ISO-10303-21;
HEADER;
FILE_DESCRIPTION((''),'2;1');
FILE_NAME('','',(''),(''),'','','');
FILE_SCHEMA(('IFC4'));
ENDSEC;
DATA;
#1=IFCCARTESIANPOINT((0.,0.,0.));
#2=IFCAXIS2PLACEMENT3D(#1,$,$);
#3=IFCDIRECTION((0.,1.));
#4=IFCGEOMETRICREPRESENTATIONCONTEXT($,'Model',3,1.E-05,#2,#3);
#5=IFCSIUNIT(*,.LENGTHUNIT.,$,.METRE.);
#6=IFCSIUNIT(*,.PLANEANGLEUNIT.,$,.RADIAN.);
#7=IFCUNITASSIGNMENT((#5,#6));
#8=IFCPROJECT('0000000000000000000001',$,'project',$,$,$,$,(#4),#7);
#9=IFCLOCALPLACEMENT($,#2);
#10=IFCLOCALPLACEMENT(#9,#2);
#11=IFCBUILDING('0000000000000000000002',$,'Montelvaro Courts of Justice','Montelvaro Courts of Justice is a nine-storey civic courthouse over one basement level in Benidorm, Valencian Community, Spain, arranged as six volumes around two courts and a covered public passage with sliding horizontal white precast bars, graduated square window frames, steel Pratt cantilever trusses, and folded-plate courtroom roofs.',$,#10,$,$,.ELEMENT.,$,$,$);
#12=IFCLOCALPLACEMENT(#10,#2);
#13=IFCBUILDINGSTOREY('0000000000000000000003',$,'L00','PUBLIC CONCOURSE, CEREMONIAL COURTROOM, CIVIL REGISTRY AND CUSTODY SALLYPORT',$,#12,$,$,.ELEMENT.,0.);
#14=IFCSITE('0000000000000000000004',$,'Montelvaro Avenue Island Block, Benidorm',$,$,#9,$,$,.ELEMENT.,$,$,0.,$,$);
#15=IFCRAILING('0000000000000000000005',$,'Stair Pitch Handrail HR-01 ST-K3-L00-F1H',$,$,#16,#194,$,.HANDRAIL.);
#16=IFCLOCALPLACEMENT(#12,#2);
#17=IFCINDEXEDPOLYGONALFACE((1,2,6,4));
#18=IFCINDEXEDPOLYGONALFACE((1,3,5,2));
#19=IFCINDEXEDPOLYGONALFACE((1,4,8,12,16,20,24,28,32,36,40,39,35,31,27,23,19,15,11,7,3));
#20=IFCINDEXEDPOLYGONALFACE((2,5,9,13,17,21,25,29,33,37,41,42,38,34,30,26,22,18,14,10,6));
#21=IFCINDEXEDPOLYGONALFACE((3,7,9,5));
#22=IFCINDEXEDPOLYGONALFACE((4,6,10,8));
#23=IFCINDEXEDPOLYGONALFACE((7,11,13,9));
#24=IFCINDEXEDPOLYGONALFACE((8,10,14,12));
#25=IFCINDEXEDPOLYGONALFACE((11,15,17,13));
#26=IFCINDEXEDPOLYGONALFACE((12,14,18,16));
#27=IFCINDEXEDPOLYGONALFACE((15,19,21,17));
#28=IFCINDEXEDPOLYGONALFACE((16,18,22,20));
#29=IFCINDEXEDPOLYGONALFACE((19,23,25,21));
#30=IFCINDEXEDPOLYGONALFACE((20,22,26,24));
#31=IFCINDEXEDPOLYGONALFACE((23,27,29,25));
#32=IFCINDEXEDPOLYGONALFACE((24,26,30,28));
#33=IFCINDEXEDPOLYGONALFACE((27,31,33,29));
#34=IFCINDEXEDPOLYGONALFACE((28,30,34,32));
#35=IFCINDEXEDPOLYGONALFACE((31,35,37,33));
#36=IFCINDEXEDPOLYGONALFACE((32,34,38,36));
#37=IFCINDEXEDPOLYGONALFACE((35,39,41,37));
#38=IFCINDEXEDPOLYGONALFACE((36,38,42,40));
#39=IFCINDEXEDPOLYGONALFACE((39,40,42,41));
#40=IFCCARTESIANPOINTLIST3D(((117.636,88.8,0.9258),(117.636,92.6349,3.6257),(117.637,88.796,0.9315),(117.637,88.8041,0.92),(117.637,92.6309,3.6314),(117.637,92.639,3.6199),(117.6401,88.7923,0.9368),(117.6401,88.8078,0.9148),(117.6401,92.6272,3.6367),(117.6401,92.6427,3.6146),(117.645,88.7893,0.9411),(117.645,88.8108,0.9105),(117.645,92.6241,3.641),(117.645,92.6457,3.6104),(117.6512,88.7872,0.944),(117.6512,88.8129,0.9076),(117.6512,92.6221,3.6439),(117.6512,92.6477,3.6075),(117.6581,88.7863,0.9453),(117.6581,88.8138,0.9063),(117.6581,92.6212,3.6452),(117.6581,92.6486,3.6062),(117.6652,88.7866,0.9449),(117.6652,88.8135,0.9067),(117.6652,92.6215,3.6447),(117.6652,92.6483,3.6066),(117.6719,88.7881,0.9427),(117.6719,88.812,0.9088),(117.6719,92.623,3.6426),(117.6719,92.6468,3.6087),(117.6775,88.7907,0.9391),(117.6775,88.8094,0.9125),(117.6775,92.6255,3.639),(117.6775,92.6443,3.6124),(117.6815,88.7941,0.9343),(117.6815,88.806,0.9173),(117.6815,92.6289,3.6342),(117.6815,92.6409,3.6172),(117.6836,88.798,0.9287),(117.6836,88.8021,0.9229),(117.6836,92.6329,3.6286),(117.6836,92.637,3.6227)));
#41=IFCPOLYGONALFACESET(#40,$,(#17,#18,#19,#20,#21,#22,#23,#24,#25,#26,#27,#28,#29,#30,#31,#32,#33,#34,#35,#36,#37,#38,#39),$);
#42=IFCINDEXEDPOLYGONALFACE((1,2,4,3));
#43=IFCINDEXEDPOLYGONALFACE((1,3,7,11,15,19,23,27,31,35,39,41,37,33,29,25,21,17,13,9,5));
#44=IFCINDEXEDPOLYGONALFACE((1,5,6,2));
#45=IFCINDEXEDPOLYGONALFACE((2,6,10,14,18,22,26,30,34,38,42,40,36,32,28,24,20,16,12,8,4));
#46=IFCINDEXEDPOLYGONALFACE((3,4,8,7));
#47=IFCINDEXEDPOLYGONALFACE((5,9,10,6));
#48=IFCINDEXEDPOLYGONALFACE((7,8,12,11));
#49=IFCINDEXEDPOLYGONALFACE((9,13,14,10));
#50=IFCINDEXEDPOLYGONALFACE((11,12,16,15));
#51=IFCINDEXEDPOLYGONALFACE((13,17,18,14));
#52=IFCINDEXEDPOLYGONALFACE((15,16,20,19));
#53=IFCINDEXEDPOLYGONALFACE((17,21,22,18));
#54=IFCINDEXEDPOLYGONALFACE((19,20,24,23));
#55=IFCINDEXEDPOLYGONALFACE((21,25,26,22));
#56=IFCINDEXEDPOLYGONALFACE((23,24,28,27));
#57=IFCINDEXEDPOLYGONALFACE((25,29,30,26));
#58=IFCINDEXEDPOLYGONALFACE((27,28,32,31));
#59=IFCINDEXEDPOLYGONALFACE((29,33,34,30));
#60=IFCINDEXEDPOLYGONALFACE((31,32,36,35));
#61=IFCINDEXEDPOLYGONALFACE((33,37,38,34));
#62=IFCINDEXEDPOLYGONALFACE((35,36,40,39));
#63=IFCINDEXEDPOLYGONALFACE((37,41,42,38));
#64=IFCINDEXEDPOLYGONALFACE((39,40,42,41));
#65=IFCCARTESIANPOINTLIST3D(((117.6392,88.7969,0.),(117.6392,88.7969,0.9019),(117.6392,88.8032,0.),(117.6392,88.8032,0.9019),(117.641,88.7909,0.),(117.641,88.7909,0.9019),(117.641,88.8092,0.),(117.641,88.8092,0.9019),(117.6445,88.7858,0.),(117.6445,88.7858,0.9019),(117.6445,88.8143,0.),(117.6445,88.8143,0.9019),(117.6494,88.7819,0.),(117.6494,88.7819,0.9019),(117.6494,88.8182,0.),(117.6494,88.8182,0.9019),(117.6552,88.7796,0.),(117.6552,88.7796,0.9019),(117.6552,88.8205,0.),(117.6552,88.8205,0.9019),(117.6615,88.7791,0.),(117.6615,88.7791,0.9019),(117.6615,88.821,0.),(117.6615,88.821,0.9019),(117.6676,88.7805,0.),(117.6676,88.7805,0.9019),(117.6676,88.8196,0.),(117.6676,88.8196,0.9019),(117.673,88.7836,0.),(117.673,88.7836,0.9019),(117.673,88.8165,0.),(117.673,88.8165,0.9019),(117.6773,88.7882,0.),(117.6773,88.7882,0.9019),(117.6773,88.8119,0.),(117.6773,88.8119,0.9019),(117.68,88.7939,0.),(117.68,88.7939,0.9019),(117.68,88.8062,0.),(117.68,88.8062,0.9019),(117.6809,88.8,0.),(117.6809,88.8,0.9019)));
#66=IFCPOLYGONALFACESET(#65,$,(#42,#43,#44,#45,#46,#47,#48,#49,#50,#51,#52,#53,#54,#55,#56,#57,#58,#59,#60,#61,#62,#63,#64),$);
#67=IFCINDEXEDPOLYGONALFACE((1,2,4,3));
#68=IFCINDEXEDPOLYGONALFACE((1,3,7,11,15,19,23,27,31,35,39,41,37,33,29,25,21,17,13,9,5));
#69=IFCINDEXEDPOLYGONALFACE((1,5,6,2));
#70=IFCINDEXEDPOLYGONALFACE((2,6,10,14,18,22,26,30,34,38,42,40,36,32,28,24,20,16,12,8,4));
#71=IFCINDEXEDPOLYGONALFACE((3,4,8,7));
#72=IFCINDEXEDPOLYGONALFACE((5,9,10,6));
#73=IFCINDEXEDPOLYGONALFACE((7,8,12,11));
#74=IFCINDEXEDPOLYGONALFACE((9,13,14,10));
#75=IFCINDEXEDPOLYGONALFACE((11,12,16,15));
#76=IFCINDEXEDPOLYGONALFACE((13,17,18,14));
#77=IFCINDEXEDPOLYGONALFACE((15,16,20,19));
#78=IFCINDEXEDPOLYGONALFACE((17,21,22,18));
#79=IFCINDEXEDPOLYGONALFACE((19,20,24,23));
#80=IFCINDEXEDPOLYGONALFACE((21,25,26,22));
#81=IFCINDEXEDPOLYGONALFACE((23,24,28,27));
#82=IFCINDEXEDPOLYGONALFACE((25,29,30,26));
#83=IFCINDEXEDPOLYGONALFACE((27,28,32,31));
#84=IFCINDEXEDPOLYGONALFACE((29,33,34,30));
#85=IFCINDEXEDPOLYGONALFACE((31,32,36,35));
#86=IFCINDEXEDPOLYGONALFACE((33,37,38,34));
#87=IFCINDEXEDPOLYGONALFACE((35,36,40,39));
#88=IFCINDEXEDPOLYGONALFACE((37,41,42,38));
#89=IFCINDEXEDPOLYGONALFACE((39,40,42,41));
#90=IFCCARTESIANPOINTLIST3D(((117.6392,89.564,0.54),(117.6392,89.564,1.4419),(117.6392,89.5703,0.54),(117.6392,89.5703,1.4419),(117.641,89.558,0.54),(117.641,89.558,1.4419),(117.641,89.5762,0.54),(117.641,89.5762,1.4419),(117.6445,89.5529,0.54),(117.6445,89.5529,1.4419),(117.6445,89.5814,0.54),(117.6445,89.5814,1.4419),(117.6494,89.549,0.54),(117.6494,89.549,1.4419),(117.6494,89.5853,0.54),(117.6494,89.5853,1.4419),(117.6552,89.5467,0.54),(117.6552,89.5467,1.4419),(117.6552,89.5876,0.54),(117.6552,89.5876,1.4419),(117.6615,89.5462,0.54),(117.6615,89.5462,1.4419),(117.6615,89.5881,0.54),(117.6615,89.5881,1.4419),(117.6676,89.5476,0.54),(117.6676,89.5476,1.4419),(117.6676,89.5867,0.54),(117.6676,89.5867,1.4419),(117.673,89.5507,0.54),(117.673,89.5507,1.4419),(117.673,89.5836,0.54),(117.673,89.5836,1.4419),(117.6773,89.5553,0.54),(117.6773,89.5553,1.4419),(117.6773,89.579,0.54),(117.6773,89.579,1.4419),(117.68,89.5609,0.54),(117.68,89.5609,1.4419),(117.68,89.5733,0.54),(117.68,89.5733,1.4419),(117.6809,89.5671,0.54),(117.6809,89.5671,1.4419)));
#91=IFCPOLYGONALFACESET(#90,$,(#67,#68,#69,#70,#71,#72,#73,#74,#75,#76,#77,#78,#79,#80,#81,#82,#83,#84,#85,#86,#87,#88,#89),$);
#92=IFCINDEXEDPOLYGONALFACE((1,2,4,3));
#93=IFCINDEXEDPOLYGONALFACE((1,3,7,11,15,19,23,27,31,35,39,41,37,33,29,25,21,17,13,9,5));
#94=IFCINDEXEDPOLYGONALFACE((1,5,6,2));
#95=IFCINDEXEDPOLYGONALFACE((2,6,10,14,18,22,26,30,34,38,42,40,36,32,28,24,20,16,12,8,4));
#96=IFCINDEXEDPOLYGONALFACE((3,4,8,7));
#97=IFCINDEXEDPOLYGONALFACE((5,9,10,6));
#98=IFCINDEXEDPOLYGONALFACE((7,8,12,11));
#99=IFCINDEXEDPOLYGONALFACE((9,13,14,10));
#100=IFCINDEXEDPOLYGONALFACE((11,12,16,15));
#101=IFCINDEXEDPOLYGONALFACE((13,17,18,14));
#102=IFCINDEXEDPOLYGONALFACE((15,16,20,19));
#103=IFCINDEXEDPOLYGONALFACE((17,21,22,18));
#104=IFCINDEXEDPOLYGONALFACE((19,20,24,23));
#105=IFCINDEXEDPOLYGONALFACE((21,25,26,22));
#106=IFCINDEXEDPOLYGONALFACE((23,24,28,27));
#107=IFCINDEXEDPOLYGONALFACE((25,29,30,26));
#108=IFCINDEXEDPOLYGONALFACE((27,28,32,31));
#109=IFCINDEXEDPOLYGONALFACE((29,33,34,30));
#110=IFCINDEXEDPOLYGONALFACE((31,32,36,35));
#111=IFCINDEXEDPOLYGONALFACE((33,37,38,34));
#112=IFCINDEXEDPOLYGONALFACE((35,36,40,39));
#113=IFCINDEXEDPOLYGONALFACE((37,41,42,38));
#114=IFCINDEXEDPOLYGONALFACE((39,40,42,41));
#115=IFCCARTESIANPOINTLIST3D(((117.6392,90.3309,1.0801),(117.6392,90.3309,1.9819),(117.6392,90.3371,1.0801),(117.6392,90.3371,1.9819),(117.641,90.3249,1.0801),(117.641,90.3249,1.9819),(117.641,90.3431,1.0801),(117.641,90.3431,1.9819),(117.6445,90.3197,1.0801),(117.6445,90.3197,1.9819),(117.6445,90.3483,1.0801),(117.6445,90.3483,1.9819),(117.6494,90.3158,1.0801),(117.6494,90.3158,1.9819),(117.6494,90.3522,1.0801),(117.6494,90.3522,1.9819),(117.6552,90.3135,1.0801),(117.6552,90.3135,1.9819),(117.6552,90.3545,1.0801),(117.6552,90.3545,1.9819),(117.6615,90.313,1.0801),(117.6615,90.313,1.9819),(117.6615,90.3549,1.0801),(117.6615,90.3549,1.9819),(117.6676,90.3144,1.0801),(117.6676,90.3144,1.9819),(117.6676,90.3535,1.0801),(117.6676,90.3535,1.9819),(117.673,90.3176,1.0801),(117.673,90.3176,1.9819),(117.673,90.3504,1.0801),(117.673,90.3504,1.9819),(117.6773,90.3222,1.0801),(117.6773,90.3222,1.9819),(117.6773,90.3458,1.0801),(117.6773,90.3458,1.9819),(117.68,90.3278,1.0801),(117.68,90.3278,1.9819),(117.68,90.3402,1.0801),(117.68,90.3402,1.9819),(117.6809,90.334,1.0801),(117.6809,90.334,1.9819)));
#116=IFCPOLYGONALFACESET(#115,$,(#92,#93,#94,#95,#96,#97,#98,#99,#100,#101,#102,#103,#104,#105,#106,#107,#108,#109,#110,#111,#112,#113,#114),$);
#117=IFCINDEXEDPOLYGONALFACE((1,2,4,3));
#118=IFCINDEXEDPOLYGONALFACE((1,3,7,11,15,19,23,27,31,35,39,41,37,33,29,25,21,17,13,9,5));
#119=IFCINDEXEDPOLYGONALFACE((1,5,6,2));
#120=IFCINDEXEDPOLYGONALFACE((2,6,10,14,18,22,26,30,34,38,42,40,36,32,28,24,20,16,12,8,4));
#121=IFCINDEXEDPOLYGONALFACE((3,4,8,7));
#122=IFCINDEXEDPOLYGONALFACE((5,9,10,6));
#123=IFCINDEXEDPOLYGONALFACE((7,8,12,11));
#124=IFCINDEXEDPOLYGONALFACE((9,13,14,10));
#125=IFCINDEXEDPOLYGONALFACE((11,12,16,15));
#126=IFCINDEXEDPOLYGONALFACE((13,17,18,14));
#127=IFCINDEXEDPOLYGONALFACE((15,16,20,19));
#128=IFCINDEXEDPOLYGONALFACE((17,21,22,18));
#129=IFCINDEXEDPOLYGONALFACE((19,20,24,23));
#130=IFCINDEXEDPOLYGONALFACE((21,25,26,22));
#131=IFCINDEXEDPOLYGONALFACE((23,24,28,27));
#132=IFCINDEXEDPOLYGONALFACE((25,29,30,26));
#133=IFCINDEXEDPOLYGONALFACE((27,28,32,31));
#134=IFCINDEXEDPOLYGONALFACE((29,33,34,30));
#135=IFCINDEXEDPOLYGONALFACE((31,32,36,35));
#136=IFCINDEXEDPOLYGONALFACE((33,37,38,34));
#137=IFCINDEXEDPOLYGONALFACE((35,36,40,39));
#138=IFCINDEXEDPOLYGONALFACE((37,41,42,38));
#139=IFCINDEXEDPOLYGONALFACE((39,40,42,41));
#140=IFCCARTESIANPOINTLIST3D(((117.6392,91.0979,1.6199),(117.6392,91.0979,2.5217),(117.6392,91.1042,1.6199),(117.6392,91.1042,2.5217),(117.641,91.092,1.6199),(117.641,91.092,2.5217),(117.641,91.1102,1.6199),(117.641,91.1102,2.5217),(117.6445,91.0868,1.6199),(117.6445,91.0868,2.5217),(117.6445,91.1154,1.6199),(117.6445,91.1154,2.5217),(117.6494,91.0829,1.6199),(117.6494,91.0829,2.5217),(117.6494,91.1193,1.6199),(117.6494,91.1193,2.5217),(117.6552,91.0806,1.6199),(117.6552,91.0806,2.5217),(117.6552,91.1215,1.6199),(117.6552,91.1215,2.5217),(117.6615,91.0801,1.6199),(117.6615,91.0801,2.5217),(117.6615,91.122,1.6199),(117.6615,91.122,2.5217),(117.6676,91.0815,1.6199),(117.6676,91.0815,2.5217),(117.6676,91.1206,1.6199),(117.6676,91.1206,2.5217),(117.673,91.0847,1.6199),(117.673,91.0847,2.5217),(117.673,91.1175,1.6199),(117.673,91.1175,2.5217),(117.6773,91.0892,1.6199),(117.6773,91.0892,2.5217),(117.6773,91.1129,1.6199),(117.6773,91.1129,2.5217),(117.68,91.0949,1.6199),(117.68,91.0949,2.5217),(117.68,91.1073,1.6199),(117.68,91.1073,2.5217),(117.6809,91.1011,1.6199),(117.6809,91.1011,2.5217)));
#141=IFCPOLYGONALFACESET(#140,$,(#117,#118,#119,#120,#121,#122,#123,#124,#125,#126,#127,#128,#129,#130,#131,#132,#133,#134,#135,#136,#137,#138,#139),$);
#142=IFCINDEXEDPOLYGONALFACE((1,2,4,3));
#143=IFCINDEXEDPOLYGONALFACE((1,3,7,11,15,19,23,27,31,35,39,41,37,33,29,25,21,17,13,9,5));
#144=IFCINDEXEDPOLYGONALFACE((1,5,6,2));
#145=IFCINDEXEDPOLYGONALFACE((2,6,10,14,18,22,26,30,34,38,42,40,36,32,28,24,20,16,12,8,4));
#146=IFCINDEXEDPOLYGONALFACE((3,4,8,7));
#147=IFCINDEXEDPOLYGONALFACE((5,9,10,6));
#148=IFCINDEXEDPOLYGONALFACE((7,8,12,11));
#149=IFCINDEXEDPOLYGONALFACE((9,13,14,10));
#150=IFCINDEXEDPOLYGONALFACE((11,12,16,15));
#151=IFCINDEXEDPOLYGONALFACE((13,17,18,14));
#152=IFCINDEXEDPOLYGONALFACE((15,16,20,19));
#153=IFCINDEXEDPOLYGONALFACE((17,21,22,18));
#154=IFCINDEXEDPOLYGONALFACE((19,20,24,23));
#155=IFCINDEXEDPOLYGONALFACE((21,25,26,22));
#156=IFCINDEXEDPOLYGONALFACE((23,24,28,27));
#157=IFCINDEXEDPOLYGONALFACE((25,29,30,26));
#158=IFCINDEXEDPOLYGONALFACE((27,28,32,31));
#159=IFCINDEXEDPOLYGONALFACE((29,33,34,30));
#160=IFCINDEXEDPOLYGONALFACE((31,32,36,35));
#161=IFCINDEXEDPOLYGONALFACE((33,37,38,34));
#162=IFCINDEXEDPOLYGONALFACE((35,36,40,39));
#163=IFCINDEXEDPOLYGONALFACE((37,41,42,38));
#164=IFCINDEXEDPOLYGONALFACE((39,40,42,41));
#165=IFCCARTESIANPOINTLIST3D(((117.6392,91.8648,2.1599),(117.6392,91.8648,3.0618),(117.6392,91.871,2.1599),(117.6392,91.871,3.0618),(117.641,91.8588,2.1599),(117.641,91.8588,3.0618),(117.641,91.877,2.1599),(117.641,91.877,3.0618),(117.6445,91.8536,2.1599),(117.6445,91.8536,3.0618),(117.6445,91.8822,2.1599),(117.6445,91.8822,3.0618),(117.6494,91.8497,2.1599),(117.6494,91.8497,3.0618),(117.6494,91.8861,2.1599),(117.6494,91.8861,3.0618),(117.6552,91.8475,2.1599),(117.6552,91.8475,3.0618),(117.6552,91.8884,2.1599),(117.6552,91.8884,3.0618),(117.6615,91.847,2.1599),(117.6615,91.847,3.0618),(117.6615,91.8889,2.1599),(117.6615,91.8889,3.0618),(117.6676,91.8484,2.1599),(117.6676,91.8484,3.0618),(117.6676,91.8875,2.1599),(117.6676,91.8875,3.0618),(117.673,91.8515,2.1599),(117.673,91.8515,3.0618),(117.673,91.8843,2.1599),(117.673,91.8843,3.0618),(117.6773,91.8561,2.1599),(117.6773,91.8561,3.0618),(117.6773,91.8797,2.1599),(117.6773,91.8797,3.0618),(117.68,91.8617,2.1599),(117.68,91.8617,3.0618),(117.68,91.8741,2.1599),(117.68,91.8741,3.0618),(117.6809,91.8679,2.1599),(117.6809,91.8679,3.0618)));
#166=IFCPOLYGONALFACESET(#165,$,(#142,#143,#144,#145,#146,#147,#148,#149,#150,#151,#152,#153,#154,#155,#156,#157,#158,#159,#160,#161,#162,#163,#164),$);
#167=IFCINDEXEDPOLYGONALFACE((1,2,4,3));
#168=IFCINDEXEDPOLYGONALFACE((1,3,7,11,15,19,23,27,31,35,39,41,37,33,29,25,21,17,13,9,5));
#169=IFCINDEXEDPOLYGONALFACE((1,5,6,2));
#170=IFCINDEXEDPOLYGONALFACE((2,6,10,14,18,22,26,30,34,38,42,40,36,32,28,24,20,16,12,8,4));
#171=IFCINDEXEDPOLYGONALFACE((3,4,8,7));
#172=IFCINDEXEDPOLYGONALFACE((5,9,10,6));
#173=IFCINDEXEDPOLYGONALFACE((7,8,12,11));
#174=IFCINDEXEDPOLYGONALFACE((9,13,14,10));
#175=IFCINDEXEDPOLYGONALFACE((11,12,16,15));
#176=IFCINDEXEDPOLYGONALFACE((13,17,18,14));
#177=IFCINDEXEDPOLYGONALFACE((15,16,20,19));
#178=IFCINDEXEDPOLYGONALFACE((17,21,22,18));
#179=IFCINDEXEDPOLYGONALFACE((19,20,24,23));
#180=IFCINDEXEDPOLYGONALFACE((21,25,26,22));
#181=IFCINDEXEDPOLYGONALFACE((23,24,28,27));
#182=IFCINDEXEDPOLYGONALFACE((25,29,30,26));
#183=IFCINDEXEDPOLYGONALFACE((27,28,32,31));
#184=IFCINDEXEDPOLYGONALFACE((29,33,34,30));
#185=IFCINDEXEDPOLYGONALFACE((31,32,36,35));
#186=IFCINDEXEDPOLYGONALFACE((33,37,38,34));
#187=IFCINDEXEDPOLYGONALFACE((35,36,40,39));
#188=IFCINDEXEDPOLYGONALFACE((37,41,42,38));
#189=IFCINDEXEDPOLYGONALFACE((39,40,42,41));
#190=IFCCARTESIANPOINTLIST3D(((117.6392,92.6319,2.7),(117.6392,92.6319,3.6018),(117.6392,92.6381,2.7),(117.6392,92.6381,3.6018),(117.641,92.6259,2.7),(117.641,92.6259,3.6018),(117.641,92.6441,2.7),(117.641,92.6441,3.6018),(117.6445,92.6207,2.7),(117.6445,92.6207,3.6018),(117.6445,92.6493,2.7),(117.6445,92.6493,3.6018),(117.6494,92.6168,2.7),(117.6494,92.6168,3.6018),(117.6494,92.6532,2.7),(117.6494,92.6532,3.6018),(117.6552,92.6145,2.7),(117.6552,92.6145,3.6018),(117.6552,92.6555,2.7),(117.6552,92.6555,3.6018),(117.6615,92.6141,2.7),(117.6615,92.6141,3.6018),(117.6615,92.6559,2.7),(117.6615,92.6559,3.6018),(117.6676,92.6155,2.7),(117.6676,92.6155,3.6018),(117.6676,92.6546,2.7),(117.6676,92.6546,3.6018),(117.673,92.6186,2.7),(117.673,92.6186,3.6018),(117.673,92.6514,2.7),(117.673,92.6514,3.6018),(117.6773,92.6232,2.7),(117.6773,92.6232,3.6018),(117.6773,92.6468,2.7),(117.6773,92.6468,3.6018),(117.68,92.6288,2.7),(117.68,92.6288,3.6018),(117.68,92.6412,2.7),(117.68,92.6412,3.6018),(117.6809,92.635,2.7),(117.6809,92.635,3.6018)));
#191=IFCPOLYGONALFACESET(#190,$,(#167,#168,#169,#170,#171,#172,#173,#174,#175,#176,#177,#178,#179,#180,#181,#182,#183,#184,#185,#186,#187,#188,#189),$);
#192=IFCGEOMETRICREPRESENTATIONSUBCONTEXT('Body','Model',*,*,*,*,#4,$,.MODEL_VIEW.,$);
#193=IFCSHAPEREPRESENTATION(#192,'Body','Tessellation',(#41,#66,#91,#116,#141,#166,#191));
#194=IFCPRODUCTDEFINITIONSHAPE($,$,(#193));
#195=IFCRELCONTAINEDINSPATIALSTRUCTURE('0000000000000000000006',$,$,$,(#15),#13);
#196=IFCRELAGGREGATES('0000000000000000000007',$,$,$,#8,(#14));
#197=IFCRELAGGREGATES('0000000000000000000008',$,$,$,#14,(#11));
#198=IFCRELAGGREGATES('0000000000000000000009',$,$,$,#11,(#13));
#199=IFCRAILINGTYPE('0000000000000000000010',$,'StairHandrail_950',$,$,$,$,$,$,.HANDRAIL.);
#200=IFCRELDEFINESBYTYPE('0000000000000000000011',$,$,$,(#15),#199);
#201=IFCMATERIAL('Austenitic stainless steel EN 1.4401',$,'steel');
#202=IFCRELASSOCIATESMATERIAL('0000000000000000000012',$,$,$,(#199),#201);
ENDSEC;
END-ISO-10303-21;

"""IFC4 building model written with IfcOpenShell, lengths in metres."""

from ifc_helpers import new_model, si_unit, direction, frame, origin, origin_2d, place, context, subcontext, project, spatial, circle, extrude, material, type_object, element, save


model = new_model("IFC4")

# Units and contexts
model_context = context("Model", 3, precision=1e-05, world=origin(), true_north=direction((0.0, 1.0)))
body_context = subcontext(model_context, "Body", "Model", "MODEL_VIEW")
ifc_project = project(units=[si_unit("LENGTHUNIT", "METRE"), si_unit("PLANEANGLEUNIT", "RADIAN")], contexts=[model_context])

# Site, building, storey
site_placement = place(None, origin())
site = spatial("IfcSite", under=ifc_project, at=site_placement, Name="Montelvaro Avenue Island Block, Benidorm", CompositionType="ELEMENT", RefElevation=0.0)
building_placement = place(site_placement, origin())
building = spatial("IfcBuilding", under=site, at=building_placement, Name="Montelvaro Courts of Justice", Description="Montelvaro Courts of Justice is a nine-storey civic courthouse over one basement level in Benidorm, Valencian Community, Spain, arranged as six volumes around two courts and a covered public passage with sliding horizontal white precast bars, graduated square window frames, steel Pratt cantilever trusses, and folded-plate courtroom roofs.", CompositionType="ELEMENT")
storey_placement = place(building_placement, origin())
storey = spatial("IfcBuildingStorey", under=building, at=storey_placement, Name="L00", Description="PUBLIC CONCOURSE, CEREMONIAL COURTROOM, CIVIL REGISTRY AND CUSTODY SALLYPORT", CompositionType="ELEMENT", Elevation=0.0)

# Railing
ifc_material_1 = material(Name="Austenitic stainless steel EN 1.4401", Category="steel")
railing_type_1 = type_object("IfcRailingType", Name="StairHandrail_950", PredefinedType="HANDRAIL", material=ifc_material_1)
railing_1_placement = place(storey_placement, frame((117.6599, 88.8, 0.0)))
element("IfcRailing", 1, at=railing_1_placement, inside=storey, type_object=railing_type_1, Name="Stair Pitch Handrail HR-01 ST-K3-L00-F1H", PredefinedType="HANDRAIL", context=body_context, shape_type="SweptSolid", body=[
    extrude(circle(Radius=0.0239, at=origin_2d()), frame((0.0, 0.0, 0.9258), z_axis=(0.0, 0.817678, 0.575675), x_axis=(-1.0, 0.0, 0.0)), (0.0, 0.0, 1.0), 4.6899),
    extrude(circle(Radius=0.021, at=origin_2d()), origin(), (0.0, 0.0, 1.0), 0.9019),
    extrude(circle(Radius=0.021, at=origin_2d()), frame((0.0, 0.7671, 0.54)), (0.0, 0.0, 1.0), 0.9019),
    extrude(circle(Radius=0.021, at=origin_2d()), frame((0.0, 1.5339, 1.0801)), (0.0, 0.0, 1.0), 0.9019),
    extrude(circle(Radius=0.021, at=origin_2d()), frame((0.0, 2.301, 1.6199)), (0.0, 0.0, 1.0), 0.9019),
    extrude(circle(Radius=0.021, at=origin_2d()), frame((0.0, 3.0679, 2.1599)), (0.0, 0.0, 1.0), 0.9019),
    extrude(circle(Radius=0.021, at=origin_2d()), frame((0.0, 3.835, 2.7)), (0.0, 0.0, 1.0), 0.9019),
])

save(model, "model.ifc")
